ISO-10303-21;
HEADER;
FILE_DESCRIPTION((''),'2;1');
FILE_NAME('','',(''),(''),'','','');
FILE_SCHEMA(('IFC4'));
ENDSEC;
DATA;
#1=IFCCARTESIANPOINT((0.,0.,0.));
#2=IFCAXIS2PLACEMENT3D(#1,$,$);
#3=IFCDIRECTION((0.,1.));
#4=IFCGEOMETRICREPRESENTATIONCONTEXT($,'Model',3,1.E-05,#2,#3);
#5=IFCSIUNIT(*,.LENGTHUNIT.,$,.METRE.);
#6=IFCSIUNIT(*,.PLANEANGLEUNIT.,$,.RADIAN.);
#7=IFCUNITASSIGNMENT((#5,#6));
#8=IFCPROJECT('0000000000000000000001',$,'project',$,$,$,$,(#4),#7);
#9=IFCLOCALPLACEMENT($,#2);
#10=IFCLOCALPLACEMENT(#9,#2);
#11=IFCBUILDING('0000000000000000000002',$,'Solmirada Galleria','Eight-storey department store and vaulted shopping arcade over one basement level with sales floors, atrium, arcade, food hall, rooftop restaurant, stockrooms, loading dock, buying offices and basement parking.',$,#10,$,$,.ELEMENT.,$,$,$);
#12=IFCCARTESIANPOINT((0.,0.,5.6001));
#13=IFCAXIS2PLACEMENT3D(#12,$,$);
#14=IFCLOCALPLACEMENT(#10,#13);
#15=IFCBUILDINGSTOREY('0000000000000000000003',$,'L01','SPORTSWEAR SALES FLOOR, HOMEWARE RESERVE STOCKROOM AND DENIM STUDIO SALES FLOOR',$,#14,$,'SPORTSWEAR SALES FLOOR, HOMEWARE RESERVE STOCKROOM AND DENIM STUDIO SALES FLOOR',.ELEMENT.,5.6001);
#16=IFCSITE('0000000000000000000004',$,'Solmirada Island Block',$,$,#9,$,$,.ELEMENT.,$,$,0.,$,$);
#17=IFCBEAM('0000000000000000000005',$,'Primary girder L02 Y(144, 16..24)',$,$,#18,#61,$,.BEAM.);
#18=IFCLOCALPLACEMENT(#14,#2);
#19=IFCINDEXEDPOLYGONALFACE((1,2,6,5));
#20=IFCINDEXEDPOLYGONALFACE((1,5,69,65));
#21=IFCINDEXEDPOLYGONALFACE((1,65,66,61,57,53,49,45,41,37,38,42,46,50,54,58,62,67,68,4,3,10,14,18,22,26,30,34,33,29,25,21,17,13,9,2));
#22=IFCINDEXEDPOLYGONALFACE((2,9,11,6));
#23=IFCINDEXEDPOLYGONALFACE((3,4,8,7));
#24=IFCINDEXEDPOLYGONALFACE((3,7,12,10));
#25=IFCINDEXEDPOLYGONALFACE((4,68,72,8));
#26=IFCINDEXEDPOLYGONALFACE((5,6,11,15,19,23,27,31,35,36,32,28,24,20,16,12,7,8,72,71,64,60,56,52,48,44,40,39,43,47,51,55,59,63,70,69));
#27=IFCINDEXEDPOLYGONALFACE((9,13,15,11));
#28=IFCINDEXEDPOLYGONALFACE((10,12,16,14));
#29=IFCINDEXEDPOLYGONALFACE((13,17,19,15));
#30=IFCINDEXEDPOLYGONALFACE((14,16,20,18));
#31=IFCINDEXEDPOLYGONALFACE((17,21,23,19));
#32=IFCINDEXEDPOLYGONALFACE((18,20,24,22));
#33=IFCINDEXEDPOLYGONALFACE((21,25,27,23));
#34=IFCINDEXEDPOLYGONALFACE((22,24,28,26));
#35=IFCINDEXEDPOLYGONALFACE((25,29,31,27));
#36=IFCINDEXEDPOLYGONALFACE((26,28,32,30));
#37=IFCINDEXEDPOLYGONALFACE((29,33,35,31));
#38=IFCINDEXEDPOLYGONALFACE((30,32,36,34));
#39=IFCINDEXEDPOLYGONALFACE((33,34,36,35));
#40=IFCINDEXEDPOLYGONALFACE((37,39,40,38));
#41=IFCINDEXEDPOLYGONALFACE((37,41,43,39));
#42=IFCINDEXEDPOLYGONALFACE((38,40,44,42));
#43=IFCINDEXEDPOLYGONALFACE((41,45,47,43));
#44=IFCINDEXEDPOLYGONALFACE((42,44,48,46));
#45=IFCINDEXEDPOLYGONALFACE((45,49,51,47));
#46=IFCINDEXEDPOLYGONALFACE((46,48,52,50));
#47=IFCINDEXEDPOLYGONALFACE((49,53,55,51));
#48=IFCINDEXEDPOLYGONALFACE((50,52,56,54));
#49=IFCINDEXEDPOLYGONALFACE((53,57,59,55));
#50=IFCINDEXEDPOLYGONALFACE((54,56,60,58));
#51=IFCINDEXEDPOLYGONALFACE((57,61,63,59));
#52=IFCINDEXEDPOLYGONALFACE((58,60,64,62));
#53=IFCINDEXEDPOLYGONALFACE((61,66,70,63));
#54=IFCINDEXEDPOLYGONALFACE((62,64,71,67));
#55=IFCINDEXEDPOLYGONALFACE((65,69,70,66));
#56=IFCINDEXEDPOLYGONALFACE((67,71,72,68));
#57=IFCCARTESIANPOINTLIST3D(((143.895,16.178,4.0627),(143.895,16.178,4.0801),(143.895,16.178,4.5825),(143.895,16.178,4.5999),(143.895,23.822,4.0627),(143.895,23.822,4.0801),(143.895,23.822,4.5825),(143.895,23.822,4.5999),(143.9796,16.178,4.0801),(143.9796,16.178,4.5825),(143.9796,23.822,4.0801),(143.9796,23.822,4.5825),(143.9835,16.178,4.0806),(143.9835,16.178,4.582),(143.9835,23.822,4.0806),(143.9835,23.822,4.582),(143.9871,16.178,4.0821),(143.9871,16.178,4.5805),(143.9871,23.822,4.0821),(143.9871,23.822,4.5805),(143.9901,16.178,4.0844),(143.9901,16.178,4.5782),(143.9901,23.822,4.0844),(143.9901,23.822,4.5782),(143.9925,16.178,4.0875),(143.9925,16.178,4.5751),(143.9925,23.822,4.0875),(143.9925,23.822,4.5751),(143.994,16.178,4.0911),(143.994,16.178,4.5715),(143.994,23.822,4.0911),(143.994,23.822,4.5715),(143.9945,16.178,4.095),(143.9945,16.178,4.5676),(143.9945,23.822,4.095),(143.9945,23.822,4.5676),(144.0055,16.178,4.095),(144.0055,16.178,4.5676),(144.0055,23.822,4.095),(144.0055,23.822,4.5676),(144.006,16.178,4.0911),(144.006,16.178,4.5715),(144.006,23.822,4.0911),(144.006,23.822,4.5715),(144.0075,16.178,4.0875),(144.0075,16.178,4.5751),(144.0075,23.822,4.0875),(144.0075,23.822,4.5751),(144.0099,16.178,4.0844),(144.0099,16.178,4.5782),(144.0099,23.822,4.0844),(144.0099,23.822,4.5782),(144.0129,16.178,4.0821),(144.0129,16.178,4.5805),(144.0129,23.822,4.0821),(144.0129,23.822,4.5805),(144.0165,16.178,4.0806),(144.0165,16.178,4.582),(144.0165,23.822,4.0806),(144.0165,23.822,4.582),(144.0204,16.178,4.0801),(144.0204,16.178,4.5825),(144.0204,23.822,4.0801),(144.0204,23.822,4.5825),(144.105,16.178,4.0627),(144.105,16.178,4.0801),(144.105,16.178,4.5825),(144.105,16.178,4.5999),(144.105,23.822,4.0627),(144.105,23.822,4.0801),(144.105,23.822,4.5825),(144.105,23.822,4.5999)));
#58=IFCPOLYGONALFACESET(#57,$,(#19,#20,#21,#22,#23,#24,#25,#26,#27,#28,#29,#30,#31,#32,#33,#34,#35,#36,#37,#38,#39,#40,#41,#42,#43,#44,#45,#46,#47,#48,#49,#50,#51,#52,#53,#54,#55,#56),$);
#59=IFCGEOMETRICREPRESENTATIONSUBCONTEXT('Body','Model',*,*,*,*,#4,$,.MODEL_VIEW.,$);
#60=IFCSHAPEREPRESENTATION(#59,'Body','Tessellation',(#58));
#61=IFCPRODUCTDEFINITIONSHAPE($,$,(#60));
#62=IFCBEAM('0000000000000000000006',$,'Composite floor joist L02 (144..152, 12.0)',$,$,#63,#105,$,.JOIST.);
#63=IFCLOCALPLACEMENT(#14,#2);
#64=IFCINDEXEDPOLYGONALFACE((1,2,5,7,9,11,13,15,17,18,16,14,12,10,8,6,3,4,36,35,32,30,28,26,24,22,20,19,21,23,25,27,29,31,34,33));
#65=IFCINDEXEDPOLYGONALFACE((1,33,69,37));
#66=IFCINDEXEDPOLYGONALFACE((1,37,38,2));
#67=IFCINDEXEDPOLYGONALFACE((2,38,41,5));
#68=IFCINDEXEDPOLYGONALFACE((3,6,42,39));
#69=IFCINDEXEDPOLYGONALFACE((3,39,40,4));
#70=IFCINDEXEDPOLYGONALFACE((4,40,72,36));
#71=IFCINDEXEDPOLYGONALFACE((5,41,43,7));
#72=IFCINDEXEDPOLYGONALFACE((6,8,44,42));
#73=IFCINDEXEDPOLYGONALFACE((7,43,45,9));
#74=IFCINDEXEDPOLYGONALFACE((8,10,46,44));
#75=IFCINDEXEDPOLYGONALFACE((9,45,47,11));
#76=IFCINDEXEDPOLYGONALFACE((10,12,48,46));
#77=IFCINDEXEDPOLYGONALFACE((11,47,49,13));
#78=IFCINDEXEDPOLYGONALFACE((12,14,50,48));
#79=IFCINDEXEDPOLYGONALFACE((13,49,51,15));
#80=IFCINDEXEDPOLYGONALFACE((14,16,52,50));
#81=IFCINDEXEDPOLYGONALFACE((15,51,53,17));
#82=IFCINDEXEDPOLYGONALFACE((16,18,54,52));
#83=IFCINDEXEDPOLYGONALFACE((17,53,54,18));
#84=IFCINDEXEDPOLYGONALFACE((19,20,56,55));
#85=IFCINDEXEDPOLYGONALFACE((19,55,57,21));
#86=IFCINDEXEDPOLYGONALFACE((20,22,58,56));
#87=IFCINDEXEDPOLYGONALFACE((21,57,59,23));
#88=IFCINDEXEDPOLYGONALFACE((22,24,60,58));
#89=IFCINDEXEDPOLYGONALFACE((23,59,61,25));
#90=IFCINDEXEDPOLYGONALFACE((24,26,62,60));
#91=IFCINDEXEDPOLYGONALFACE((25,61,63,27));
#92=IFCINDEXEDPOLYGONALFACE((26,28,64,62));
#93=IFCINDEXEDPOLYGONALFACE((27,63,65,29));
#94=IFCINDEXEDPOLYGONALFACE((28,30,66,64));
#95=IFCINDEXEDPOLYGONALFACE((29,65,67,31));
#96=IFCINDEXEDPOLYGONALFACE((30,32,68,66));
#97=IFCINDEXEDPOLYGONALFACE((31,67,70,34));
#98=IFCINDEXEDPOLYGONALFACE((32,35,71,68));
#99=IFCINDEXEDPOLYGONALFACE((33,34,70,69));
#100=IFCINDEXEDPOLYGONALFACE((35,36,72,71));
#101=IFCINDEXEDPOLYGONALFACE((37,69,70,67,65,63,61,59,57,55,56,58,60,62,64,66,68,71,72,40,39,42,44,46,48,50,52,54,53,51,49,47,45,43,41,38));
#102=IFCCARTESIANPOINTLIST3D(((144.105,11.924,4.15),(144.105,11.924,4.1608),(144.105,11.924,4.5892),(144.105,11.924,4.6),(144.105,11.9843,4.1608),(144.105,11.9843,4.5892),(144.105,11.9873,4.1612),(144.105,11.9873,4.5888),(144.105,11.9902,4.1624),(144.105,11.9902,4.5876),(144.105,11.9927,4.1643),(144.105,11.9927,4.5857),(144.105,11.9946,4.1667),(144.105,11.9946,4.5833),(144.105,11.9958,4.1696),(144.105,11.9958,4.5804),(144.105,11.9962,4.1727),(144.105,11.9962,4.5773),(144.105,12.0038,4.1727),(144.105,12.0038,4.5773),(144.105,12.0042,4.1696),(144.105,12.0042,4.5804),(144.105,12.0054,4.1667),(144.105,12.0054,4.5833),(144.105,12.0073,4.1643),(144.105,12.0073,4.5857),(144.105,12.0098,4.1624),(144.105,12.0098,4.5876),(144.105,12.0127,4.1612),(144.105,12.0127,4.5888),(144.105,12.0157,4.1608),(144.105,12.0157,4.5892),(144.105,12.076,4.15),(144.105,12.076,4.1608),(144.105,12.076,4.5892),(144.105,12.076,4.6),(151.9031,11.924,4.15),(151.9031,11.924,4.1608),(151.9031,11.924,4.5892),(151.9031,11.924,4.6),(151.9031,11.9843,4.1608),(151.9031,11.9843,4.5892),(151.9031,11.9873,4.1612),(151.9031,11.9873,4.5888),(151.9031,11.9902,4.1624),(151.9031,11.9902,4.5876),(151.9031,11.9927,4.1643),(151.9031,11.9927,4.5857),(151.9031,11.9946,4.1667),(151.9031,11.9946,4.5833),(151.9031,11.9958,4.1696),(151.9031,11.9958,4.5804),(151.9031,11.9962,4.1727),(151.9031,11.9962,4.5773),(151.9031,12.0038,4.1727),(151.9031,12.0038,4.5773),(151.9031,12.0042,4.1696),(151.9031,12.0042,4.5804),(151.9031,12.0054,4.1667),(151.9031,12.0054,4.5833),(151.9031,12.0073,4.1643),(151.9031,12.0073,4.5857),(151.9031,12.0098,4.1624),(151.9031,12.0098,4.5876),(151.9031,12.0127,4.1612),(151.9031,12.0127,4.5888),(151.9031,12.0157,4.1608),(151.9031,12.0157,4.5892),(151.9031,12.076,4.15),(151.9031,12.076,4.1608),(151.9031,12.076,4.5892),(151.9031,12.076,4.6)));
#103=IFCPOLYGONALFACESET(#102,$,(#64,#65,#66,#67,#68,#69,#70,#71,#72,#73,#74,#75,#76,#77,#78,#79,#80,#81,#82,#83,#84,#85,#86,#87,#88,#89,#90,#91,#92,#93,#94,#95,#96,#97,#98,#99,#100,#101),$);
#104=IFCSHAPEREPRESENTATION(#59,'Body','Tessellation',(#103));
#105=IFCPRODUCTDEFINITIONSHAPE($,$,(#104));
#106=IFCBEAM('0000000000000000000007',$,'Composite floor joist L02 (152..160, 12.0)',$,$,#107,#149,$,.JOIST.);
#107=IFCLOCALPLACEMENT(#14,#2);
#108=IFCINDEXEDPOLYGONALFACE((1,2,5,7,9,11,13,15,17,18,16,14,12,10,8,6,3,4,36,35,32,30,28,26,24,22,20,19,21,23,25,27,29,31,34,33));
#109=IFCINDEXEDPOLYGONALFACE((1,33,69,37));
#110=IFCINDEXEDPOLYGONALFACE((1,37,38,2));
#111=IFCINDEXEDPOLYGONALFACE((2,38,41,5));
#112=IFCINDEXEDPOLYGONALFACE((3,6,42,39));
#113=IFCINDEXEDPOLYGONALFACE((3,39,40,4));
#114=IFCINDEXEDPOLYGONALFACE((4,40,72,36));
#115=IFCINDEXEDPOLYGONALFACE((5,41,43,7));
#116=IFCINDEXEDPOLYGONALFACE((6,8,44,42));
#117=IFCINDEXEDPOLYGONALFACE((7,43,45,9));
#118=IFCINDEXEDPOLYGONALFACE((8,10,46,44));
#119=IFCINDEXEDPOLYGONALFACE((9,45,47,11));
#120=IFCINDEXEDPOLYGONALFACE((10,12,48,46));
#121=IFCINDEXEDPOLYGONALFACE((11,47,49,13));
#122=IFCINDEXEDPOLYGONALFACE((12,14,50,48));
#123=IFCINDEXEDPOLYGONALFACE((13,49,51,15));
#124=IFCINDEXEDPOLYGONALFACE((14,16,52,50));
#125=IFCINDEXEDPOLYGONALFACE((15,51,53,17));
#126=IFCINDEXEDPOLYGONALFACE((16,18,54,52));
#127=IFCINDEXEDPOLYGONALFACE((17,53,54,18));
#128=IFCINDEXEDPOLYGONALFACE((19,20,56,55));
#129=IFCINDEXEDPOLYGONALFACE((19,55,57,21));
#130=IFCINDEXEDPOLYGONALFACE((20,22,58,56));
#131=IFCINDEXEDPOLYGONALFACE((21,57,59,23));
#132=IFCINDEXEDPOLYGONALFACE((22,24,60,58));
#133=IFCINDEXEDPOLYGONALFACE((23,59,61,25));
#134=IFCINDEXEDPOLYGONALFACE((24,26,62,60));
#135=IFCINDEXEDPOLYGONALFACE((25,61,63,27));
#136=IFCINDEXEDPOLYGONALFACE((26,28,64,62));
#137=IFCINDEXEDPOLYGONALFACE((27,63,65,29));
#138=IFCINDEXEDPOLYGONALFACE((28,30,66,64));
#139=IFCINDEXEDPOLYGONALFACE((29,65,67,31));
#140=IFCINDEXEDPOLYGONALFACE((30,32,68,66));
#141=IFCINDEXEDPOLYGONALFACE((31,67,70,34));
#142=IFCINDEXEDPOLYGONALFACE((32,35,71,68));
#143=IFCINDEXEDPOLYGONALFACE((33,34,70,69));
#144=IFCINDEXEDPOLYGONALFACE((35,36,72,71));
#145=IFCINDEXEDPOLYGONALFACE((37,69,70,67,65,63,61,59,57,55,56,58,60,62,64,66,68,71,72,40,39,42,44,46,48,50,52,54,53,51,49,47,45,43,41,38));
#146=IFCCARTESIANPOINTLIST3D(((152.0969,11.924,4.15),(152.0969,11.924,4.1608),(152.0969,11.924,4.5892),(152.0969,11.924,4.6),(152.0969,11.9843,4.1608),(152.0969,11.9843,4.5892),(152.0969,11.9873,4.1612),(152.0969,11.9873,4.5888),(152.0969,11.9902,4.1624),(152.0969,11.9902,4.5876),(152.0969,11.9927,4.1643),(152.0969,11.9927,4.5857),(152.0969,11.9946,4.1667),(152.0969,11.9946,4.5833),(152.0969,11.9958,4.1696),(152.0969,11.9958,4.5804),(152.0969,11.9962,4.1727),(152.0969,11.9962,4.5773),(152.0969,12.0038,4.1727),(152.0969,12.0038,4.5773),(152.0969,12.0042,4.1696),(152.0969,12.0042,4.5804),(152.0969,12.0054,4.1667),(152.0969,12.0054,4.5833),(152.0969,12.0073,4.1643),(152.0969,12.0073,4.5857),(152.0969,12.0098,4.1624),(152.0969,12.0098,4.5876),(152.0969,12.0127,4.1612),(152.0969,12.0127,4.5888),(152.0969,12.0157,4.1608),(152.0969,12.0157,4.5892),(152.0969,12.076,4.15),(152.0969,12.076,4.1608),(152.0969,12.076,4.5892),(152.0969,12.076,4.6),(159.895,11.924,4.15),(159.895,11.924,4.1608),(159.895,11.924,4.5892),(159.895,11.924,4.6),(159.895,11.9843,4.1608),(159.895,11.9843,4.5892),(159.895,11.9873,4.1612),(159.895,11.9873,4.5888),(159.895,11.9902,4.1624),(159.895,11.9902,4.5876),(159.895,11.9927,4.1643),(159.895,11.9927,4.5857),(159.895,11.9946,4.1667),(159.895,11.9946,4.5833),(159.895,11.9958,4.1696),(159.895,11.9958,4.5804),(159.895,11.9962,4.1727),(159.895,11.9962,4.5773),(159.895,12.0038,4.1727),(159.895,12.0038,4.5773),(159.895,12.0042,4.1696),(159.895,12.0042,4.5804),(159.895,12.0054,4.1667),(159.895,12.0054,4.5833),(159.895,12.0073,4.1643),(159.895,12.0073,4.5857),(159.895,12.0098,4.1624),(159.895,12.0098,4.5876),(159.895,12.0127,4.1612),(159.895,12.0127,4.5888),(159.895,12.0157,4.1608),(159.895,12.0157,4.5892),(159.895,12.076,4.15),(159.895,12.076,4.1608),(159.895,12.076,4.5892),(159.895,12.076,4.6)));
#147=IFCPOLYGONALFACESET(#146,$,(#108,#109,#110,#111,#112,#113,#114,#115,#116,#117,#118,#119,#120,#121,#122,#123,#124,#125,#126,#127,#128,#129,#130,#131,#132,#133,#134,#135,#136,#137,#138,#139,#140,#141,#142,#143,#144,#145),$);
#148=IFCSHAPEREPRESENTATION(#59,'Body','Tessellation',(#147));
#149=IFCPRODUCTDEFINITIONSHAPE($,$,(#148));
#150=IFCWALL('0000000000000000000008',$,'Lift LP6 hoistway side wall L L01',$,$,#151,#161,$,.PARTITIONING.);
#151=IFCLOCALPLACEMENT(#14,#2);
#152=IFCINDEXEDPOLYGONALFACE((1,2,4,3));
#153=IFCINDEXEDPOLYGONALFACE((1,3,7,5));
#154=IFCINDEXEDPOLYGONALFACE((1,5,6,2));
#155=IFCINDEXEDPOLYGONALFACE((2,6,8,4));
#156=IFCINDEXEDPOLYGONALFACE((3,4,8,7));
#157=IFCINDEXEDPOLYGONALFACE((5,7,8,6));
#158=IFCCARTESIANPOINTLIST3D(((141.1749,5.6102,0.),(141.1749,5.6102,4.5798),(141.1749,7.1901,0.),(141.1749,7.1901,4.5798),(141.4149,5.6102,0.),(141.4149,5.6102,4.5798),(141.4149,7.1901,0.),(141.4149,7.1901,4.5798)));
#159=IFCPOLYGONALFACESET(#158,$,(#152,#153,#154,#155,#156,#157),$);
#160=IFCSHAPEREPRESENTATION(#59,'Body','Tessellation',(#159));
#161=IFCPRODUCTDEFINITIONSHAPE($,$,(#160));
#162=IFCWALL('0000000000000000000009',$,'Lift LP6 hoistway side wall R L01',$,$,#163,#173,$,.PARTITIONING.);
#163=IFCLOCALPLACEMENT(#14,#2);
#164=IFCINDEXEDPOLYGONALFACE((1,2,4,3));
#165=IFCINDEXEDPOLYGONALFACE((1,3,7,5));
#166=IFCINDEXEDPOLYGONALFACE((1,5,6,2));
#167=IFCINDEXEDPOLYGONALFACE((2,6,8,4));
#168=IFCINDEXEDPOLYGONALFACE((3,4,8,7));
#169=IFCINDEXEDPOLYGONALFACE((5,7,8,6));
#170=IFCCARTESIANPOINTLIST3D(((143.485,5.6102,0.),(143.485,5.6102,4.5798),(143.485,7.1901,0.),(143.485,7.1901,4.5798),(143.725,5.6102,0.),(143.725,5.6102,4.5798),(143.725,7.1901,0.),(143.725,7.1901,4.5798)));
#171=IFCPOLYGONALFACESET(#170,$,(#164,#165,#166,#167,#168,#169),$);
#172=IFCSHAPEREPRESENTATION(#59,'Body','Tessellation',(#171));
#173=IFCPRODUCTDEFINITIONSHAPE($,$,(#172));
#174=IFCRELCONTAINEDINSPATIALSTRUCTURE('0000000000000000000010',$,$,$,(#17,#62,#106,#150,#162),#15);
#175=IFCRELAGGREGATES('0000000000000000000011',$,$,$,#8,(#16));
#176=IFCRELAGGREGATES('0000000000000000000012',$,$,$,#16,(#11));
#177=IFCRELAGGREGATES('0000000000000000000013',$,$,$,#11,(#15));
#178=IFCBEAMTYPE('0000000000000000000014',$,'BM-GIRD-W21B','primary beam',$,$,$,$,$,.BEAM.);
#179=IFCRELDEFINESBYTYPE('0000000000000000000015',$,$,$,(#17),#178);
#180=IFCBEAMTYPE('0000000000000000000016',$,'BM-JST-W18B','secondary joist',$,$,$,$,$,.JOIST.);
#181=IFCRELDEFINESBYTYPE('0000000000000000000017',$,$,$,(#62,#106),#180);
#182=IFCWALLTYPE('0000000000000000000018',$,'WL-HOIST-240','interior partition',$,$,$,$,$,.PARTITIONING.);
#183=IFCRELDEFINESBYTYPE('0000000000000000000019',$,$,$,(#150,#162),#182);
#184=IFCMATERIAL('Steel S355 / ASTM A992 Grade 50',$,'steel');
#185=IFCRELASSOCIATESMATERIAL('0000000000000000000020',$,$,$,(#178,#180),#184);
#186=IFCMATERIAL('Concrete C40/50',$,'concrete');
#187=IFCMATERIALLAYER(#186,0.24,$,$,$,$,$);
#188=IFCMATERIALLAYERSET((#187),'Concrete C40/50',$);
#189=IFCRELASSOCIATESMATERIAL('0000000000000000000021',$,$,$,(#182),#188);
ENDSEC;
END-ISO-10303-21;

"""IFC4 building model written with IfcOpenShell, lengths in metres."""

from ifc_helpers import new_model, si_unit, direction, frame, frame_2d, origin, origin_2d, place, context, subcontext, project, spatial, rectangle, i_section, extrude, material, layer, layer_set, material_profile, profile_set, type_object, element, save


model = new_model("IFC4")

# Units and contexts
model_context = context("Model", 3, precision=1e-05, world=origin(), true_north=direction((0.0, 1.0)))
body_context = subcontext(model_context, "Body", "Model", "MODEL_VIEW")
ifc_project = project(units=[si_unit("LENGTHUNIT", "METRE"), si_unit("PLANEANGLEUNIT", "RADIAN")], contexts=[model_context])

# Site, building, storey
site_placement = place(None, origin())
site = spatial("IfcSite", under=ifc_project, at=site_placement, Name="Solmirada Island Block", CompositionType="ELEMENT", RefElevation=0.0)
building_placement = place(site_placement, origin())
building = spatial("IfcBuilding", under=site, at=building_placement, Name="Solmirada Galleria", Description="Eight-storey department store and vaulted shopping arcade over one basement level with sales floors, atrium, arcade, food hall, rooftop restaurant, stockrooms, loading dock, buying offices and basement parking.", CompositionType="ELEMENT")
storey_placement = place(building_placement, frame((0.0, 0.0, 5.6001)))
storey = spatial("IfcBuildingStorey", under=building, at=storey_placement, Name="L01", Description="SPORTSWEAR SALES FLOOR, HOMEWARE RESERVE STOCKROOM AND DENIM STUDIO SALES FLOOR", LongName="SPORTSWEAR SALES FLOOR, HOMEWARE RESERVE STOCKROOM AND DENIM STUDIO SALES FLOOR", CompositionType="ELEMENT", Elevation=5.6001)

# Beams
ifc_material_1 = material(Name="Steel S355 / ASTM A992 Grade 50", Category="steel")
ifc_material_profile_1 = material_profile(ifc_material_1, i_section(OverallWidth=0.21, OverallDepth=0.5371, WebThickness=0.011, FlangeThickness=0.0173, FilletRadius=0.0149, at=origin_2d()), Name="W21X68")
ifc_profile_set_1 = profile_set([ifc_material_profile_1], Name="Steel S355 / ASTM A992 Grade 50")
beam_type_1 = type_object("IfcBeamType", Name="BM-GIRD-W21B", Description="primary beam", PredefinedType="BEAM", material=ifc_profile_set_1)
for number, where, z_axis, x_axis, name in (
    (1, (144.0, 16.178, 4.3313), (0.0, 1.0, 0.0), (-1.0, 0.0, 0.0), "Primary girder L02 Y(144, 16..24)"),
):
    element("IfcBeam", number, at=place(storey_placement, frame(where, z_axis=z_axis, x_axis=x_axis)), inside=storey, type_object=beam_type_1, Name=name, PredefinedType="BEAM", context=body_context, shape_type="SweptSolid", body=[
        extrude(i_section(OverallWidth=0.21, OverallDepth=0.5371, WebThickness=0.011, FlangeThickness=0.0173, FilletRadius=0.0149, at=origin_2d()), origin(), (0.0, 0.0, 1.0), 7.644),
    ])
ifc_material_profile_2 = material_profile(ifc_material_1, i_section(OverallWidth=0.1521, OverallDepth=0.45, WebThickness=0.0076, FlangeThickness=0.0107, FilletRadius=0.012, at=origin_2d()), Name="W18X35")
ifc_profile_set_2 = profile_set([ifc_material_profile_2], Name="Steel S355 / ASTM A992 Grade 50")
beam_type_2 = type_object("IfcBeamType", Name="BM-JST-W18B", Description="secondary joist", PredefinedType="JOIST", material=ifc_profile_set_2)
for number, where, z_axis, x_axis, name in (
    (2, (144.105, 12.0, 4.375), (1.0, 0.0, 0.0), (0.0, 1.0, 0.0), "Composite floor joist L02 (144..152, 12.0)"),
    (3, (152.0969, 12.0, 4.375), (1.0, 0.0, 0.0), (0.0, 1.0, 0.0), "Composite floor joist L02 (152..160, 12.0)"),
):
    element("IfcBeam", number, at=place(storey_placement, frame(where, z_axis=z_axis, x_axis=x_axis)), inside=storey, type_object=beam_type_2, Name=name, PredefinedType="JOIST", context=body_context, shape_type="SweptSolid", body=[
        extrude(i_section(OverallWidth=0.1521, OverallDepth=0.45, WebThickness=0.0076, FlangeThickness=0.0107, FilletRadius=0.012, at=origin_2d()), origin(), (0.0, 0.0, 1.0), 7.7981),
    ])

# Shared definitions
ifc_material_2 = material(Name="Concrete C40/50", Category="concrete")
ifc_layer_1 = layer(ifc_material_2, 0.24)
ifc_layer_set_1 = layer_set([ifc_layer_1], Name="Concrete C40/50")
wall_type_1 = type_object("IfcWallType", Name="WL-HOIST-240", Description="interior partition", PredefinedType="PARTITIONING", material=ifc_layer_set_1)

# Walls
for number, where, z_axis, x_axis, name in (
    (4, (141.2949, 5.6101, 0.0), (0.0, 0.0, 1.0), (0.0, 1.0, 0.0), "Lift LP6 hoistway side wall L L01"),
    (5, (143.605, 5.6101, 0.0), (0.0, 0.0, 1.0), (0.0, 1.0, 0.0), "Lift LP6 hoistway side wall R L01"),
):
    element("IfcWall", number, at=place(storey_placement, frame(where, z_axis=z_axis, x_axis=x_axis)), inside=storey, type_object=wall_type_1, Name=name, PredefinedType="PARTITIONING", context=body_context, shape_type="SweptSolid", body=[
        extrude(rectangle(XDim=1.5798, YDim=0.24, at=frame_2d((0.79, 0.0))), origin(), (0.0, 0.0, 1.0), 4.5798),
    ])

save(model, "model.ifc")
